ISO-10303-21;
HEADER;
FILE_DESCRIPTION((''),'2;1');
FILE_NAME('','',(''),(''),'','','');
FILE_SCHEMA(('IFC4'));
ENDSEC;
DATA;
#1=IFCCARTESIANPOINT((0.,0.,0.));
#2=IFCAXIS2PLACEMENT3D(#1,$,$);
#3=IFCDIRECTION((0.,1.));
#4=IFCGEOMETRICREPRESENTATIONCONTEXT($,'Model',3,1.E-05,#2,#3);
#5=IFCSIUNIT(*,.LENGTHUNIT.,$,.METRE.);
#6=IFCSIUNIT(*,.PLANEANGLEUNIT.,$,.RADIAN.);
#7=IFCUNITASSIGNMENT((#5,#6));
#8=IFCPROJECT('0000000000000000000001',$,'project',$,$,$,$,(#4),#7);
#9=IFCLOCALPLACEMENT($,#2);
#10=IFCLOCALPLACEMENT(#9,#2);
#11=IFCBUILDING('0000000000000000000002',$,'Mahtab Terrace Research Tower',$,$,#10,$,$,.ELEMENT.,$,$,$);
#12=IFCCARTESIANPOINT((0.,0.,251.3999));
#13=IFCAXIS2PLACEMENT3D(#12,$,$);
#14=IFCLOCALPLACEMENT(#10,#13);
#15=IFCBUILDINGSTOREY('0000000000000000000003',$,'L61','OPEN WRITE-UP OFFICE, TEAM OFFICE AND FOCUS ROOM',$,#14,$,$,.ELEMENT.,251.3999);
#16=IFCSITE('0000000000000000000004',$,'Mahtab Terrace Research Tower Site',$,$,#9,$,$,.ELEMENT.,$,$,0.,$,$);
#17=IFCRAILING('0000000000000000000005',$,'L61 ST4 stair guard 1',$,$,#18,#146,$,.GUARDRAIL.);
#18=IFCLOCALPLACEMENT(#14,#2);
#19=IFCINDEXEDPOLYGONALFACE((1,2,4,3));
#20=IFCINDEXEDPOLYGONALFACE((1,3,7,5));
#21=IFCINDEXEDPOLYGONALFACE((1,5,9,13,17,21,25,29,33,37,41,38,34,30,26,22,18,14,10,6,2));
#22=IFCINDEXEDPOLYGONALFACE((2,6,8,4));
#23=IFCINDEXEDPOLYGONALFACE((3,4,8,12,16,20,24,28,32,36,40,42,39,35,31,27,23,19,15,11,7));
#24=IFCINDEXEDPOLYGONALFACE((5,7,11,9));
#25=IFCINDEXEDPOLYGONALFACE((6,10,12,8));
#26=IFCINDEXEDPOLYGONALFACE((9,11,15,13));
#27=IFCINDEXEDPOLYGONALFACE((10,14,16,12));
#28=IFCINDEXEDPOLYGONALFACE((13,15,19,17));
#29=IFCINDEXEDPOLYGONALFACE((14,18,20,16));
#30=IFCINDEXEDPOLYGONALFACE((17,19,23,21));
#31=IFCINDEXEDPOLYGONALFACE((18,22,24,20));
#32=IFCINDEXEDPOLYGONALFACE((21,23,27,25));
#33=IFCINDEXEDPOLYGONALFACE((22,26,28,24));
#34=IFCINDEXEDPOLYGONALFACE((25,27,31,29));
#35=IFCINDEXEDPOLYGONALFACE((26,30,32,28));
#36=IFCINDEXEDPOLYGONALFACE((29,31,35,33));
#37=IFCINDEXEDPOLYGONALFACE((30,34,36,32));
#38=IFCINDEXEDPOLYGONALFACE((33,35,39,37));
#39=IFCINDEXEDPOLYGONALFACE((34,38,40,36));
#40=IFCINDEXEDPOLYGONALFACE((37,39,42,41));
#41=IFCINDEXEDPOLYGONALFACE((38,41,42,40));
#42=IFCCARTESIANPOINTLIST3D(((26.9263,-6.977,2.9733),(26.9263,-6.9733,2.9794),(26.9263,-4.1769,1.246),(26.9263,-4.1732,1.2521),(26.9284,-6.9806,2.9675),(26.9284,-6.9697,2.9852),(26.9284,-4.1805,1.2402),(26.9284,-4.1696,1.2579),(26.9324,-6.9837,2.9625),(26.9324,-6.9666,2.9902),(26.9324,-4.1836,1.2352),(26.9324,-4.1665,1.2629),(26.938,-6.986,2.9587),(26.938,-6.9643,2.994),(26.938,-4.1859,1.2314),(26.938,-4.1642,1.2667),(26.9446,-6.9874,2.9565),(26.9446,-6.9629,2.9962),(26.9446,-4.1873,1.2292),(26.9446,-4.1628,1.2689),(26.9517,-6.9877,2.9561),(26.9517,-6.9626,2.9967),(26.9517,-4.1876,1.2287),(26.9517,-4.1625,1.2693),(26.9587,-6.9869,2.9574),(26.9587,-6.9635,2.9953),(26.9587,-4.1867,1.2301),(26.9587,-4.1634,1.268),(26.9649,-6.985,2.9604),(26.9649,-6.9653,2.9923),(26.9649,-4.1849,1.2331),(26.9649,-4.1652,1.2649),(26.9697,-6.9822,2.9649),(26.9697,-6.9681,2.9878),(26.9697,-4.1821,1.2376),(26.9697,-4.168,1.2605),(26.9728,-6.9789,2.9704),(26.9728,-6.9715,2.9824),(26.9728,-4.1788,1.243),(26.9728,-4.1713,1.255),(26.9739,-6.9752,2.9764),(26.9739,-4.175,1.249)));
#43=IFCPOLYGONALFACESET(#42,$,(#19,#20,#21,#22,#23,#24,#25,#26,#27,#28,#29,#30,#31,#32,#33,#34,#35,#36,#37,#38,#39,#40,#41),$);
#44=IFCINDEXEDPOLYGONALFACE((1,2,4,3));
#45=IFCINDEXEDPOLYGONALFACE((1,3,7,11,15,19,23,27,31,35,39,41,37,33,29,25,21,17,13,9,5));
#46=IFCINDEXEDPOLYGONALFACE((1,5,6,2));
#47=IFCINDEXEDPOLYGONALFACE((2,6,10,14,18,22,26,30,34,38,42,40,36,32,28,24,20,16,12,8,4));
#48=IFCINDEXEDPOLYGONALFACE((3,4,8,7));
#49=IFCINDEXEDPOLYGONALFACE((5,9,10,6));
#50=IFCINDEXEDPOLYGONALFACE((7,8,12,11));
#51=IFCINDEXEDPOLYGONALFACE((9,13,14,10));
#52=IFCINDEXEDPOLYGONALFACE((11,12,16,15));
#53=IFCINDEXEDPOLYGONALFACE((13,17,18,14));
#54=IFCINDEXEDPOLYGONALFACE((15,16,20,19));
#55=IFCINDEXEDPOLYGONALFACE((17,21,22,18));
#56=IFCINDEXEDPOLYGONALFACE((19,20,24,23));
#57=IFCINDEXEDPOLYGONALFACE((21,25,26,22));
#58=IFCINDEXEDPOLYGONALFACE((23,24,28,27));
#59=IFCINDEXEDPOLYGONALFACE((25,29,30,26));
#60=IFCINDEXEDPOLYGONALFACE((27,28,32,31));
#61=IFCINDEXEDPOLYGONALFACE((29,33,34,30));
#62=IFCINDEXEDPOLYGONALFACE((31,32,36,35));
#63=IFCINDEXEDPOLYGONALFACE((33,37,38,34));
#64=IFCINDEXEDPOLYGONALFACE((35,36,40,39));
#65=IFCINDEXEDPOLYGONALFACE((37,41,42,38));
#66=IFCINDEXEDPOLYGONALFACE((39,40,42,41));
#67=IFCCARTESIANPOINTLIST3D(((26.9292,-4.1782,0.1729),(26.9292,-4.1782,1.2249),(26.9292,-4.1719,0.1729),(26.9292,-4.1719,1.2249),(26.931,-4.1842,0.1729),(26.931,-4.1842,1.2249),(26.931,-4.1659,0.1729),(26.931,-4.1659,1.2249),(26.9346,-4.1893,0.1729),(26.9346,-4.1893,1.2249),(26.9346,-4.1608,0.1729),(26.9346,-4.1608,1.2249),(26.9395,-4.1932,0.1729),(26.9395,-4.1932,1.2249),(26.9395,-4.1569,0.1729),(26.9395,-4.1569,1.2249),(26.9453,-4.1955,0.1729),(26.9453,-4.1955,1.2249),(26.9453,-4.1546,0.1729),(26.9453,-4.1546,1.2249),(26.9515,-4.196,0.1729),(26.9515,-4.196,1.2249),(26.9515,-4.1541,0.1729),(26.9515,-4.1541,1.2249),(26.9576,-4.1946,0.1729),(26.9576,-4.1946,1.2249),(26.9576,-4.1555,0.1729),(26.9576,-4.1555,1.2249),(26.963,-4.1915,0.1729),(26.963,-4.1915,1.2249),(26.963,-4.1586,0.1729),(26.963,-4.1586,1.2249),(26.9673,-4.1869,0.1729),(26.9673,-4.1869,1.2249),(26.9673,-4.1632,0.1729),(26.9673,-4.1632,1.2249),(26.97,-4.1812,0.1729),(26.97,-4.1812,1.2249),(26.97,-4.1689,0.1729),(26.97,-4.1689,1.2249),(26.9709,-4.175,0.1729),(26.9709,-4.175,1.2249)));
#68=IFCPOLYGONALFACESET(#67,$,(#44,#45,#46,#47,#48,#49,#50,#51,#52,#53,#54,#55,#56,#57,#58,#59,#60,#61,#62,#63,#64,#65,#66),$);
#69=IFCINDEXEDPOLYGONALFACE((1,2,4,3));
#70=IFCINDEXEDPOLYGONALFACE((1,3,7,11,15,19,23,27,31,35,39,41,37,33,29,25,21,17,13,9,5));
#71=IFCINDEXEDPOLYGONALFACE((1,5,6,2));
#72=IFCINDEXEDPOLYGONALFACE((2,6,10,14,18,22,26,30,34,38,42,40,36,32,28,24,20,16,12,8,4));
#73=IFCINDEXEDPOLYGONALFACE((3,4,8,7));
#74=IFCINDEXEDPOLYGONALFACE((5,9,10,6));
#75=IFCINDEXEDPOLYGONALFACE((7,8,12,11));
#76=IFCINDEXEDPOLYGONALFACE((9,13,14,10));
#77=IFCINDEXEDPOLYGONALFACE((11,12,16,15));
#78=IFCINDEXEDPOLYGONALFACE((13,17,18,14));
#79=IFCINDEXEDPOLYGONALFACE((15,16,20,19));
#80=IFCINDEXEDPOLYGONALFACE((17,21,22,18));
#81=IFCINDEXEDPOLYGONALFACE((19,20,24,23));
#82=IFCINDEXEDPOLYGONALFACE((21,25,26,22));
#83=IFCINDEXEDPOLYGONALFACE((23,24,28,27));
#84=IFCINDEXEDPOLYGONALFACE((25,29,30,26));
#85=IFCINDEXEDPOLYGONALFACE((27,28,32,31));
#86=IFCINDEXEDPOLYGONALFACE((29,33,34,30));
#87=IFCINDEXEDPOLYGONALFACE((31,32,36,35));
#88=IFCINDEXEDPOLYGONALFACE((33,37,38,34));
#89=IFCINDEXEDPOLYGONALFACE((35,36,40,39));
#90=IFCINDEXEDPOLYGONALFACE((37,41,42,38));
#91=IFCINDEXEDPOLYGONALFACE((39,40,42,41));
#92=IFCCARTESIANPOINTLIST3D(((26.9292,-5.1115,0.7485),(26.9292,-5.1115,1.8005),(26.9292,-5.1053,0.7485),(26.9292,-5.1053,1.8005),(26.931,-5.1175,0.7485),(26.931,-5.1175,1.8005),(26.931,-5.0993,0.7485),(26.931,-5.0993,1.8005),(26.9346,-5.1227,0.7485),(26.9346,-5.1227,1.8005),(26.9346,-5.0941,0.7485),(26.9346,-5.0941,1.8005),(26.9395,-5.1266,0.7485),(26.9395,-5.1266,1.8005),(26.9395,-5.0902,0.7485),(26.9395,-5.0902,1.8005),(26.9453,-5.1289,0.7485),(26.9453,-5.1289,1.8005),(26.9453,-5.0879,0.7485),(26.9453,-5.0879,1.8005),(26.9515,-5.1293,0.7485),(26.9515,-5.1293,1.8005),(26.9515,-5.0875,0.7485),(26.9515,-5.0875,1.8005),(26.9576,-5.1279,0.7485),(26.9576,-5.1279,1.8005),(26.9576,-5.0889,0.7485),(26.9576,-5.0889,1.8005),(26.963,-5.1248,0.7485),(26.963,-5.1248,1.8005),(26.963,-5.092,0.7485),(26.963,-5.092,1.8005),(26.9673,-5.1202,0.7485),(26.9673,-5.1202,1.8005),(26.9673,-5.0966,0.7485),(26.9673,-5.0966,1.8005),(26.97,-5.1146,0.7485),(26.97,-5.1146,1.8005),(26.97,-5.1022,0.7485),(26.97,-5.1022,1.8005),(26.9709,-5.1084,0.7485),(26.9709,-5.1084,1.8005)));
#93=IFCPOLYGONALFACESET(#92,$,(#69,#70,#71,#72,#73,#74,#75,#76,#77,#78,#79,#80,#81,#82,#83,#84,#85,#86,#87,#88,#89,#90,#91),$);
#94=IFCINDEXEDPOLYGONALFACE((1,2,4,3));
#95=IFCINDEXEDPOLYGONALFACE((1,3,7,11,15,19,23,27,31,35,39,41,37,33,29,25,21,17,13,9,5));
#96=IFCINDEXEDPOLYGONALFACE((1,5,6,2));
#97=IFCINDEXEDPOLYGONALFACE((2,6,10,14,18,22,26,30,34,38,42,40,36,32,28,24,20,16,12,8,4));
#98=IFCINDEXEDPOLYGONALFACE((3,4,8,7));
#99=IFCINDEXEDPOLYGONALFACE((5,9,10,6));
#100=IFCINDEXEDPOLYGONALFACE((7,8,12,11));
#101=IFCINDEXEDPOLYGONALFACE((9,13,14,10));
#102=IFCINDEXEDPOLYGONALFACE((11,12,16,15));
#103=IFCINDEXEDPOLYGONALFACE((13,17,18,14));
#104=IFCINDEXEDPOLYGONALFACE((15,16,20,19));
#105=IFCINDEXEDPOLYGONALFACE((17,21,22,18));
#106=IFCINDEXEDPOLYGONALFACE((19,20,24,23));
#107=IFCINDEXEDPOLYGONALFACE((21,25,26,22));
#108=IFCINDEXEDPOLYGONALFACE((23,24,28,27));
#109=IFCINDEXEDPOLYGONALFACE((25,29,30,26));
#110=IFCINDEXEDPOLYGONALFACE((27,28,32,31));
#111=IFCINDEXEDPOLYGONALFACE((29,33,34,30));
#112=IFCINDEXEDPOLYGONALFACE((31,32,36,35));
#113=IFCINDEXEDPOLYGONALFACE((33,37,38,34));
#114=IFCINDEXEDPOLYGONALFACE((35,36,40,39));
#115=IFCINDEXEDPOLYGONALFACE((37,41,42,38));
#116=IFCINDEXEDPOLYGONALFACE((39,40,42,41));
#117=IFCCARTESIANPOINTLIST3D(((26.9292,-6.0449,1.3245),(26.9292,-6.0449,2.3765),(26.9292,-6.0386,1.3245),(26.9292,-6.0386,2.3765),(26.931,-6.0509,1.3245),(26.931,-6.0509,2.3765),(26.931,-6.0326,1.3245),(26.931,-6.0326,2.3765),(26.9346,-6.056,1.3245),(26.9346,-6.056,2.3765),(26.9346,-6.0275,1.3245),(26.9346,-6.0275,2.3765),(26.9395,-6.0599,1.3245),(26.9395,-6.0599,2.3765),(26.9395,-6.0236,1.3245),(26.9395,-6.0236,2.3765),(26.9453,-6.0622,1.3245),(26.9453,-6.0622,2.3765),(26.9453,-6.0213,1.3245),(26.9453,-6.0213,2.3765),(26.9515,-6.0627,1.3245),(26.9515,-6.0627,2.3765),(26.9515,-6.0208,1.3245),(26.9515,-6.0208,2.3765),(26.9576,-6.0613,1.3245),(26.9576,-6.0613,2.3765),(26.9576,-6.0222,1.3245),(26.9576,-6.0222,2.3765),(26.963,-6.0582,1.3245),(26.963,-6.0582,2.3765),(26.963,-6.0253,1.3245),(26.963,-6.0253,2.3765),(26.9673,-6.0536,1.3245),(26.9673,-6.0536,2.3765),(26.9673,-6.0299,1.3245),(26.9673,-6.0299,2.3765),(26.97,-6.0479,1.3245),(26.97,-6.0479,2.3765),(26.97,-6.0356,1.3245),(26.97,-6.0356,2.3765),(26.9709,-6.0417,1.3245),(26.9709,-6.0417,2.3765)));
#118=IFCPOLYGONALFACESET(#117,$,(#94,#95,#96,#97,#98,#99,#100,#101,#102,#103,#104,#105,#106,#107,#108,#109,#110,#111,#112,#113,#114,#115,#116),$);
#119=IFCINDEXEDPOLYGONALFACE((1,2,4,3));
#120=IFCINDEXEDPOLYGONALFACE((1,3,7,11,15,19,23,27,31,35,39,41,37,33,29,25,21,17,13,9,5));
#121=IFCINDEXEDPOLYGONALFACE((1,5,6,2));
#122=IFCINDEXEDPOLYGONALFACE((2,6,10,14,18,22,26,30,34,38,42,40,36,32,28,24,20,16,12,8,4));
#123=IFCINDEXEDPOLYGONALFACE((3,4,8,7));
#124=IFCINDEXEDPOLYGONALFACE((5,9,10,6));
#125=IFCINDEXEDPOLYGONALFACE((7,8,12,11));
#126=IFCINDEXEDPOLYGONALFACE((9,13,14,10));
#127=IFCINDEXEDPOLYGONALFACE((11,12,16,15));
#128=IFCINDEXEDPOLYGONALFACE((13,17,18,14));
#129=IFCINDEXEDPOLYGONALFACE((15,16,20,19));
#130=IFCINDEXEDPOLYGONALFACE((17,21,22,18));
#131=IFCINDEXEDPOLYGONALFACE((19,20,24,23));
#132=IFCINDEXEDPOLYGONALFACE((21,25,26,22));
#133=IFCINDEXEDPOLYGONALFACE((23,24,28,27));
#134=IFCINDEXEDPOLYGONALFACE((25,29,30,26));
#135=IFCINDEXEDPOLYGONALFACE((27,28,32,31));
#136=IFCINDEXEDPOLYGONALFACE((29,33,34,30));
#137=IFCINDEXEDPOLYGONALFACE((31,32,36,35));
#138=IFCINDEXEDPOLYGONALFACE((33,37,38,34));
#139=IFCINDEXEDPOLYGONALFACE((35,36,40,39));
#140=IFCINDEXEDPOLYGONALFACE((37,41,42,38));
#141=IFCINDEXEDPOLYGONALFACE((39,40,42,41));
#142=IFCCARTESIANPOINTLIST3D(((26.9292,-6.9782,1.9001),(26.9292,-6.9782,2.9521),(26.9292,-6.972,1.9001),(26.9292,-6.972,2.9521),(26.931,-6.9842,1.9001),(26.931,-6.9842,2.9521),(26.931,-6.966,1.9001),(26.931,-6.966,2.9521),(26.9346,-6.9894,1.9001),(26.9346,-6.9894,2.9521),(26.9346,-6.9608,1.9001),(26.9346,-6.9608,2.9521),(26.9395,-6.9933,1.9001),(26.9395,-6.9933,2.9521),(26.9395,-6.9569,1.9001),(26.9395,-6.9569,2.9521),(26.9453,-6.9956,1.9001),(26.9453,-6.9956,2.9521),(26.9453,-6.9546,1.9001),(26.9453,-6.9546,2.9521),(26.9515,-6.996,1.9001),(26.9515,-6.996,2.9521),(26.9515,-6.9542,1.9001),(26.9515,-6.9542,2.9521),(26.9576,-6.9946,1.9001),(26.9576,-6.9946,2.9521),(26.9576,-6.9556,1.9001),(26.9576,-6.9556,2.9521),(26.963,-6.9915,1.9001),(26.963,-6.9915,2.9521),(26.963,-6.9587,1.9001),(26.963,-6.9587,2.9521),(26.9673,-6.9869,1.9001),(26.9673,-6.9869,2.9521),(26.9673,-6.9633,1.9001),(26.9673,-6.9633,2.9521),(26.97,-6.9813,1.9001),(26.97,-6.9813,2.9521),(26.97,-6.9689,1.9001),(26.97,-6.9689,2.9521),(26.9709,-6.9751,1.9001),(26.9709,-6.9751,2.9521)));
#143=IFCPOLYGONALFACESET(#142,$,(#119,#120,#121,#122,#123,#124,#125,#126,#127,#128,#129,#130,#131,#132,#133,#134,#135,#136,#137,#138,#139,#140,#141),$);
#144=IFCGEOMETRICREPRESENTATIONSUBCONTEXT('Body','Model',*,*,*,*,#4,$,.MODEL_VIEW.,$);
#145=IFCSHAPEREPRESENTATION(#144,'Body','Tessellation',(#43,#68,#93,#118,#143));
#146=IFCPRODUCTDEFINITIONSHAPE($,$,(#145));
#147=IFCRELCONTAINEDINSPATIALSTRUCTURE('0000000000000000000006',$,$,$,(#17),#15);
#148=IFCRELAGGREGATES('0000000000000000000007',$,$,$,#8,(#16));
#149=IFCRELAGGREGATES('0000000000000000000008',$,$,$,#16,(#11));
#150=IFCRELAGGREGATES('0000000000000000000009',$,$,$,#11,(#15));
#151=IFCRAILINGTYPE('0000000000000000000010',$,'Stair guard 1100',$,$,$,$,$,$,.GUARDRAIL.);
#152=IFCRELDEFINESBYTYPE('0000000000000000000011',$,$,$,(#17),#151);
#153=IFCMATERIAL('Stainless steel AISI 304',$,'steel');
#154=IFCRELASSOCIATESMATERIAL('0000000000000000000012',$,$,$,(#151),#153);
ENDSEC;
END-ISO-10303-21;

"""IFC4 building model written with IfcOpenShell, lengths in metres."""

from ifc_helpers import new_model, si_unit, direction, frame, origin, origin_2d, place, context, subcontext, project, spatial, circle, extrude, material, type_object, element, save


model = new_model("IFC4")

# Units and contexts
model_context = context("Model", 3, precision=1e-05, world=origin(), true_north=direction((0.0, 1.0)))
body_context = subcontext(model_context, "Body", "Model", "MODEL_VIEW")
ifc_project = project(units=[si_unit("LENGTHUNIT", "METRE"), si_unit("PLANEANGLEUNIT", "RADIAN")], contexts=[model_context])

# Site, building, storey
site_placement = place(None, origin())
site = spatial("IfcSite", under=ifc_project, at=site_placement, Name="Mahtab Terrace Research Tower Site", CompositionType="ELEMENT", RefElevation=0.0)
building_placement = place(site_placement, origin())
building = spatial("IfcBuilding", under=site, at=building_placement, Name="Mahtab Terrace Research Tower", CompositionType="ELEMENT")
storey_placement = place(building_placement, frame((0.0, 0.0, 251.3999)))
storey = spatial("IfcBuildingStorey", under=building, at=storey_placement, Name="L61", Description="OPEN WRITE-UP OFFICE, TEAM OFFICE AND FOCUS ROOM", CompositionType="ELEMENT", Elevation=251.3999)

# Shared definitions
ifc_material_1 = material(Name="Stainless steel AISI 304", Category="steel")

# Railing
railing_type_1 = type_object("IfcRailingType", Name="Stair guard 1100", PredefinedType="GUARDRAIL", material=ifc_material_1)
railing_1_placement = place(storey_placement, frame((26.95, -4.175, 0.1729)))
element("IfcRailing", 1, at=railing_1_placement, inside=storey, type_object=railing_type_1, Name="L61 ST4 stair guard 1", PredefinedType="GUARDRAIL", context=body_context, shape_type="SweptSolid", body=[
    extrude(circle(Radius=0.0239, at=origin_2d()), frame((0.0, 0.0, 1.0762), z_axis=(0.0, -0.85109, 0.52502), x_axis=(1.0, 0.0, 0.0)), (0.0, 0.0, 1.0), 3.29),
    extrude(circle(Radius=0.021, at=origin_2d()), origin(), (0.0, 0.0, 1.0), 1.052),
    extrude(circle(Radius=0.021, at=origin_2d()), frame((0.0, -0.9333, 0.5757)), (0.0, 0.0, 1.0), 1.052),
    extrude(circle(Radius=0.021, at=origin_2d()), frame((0.0, -1.8667, 1.1516)), (0.0, 0.0, 1.0), 1.052),
    extrude(circle(Radius=0.021, at=origin_2d()), frame((0.0, -2.8, 1.7273)), (0.0, 0.0, 1.0), 1.052),
])

save(model, "model.ifc")
